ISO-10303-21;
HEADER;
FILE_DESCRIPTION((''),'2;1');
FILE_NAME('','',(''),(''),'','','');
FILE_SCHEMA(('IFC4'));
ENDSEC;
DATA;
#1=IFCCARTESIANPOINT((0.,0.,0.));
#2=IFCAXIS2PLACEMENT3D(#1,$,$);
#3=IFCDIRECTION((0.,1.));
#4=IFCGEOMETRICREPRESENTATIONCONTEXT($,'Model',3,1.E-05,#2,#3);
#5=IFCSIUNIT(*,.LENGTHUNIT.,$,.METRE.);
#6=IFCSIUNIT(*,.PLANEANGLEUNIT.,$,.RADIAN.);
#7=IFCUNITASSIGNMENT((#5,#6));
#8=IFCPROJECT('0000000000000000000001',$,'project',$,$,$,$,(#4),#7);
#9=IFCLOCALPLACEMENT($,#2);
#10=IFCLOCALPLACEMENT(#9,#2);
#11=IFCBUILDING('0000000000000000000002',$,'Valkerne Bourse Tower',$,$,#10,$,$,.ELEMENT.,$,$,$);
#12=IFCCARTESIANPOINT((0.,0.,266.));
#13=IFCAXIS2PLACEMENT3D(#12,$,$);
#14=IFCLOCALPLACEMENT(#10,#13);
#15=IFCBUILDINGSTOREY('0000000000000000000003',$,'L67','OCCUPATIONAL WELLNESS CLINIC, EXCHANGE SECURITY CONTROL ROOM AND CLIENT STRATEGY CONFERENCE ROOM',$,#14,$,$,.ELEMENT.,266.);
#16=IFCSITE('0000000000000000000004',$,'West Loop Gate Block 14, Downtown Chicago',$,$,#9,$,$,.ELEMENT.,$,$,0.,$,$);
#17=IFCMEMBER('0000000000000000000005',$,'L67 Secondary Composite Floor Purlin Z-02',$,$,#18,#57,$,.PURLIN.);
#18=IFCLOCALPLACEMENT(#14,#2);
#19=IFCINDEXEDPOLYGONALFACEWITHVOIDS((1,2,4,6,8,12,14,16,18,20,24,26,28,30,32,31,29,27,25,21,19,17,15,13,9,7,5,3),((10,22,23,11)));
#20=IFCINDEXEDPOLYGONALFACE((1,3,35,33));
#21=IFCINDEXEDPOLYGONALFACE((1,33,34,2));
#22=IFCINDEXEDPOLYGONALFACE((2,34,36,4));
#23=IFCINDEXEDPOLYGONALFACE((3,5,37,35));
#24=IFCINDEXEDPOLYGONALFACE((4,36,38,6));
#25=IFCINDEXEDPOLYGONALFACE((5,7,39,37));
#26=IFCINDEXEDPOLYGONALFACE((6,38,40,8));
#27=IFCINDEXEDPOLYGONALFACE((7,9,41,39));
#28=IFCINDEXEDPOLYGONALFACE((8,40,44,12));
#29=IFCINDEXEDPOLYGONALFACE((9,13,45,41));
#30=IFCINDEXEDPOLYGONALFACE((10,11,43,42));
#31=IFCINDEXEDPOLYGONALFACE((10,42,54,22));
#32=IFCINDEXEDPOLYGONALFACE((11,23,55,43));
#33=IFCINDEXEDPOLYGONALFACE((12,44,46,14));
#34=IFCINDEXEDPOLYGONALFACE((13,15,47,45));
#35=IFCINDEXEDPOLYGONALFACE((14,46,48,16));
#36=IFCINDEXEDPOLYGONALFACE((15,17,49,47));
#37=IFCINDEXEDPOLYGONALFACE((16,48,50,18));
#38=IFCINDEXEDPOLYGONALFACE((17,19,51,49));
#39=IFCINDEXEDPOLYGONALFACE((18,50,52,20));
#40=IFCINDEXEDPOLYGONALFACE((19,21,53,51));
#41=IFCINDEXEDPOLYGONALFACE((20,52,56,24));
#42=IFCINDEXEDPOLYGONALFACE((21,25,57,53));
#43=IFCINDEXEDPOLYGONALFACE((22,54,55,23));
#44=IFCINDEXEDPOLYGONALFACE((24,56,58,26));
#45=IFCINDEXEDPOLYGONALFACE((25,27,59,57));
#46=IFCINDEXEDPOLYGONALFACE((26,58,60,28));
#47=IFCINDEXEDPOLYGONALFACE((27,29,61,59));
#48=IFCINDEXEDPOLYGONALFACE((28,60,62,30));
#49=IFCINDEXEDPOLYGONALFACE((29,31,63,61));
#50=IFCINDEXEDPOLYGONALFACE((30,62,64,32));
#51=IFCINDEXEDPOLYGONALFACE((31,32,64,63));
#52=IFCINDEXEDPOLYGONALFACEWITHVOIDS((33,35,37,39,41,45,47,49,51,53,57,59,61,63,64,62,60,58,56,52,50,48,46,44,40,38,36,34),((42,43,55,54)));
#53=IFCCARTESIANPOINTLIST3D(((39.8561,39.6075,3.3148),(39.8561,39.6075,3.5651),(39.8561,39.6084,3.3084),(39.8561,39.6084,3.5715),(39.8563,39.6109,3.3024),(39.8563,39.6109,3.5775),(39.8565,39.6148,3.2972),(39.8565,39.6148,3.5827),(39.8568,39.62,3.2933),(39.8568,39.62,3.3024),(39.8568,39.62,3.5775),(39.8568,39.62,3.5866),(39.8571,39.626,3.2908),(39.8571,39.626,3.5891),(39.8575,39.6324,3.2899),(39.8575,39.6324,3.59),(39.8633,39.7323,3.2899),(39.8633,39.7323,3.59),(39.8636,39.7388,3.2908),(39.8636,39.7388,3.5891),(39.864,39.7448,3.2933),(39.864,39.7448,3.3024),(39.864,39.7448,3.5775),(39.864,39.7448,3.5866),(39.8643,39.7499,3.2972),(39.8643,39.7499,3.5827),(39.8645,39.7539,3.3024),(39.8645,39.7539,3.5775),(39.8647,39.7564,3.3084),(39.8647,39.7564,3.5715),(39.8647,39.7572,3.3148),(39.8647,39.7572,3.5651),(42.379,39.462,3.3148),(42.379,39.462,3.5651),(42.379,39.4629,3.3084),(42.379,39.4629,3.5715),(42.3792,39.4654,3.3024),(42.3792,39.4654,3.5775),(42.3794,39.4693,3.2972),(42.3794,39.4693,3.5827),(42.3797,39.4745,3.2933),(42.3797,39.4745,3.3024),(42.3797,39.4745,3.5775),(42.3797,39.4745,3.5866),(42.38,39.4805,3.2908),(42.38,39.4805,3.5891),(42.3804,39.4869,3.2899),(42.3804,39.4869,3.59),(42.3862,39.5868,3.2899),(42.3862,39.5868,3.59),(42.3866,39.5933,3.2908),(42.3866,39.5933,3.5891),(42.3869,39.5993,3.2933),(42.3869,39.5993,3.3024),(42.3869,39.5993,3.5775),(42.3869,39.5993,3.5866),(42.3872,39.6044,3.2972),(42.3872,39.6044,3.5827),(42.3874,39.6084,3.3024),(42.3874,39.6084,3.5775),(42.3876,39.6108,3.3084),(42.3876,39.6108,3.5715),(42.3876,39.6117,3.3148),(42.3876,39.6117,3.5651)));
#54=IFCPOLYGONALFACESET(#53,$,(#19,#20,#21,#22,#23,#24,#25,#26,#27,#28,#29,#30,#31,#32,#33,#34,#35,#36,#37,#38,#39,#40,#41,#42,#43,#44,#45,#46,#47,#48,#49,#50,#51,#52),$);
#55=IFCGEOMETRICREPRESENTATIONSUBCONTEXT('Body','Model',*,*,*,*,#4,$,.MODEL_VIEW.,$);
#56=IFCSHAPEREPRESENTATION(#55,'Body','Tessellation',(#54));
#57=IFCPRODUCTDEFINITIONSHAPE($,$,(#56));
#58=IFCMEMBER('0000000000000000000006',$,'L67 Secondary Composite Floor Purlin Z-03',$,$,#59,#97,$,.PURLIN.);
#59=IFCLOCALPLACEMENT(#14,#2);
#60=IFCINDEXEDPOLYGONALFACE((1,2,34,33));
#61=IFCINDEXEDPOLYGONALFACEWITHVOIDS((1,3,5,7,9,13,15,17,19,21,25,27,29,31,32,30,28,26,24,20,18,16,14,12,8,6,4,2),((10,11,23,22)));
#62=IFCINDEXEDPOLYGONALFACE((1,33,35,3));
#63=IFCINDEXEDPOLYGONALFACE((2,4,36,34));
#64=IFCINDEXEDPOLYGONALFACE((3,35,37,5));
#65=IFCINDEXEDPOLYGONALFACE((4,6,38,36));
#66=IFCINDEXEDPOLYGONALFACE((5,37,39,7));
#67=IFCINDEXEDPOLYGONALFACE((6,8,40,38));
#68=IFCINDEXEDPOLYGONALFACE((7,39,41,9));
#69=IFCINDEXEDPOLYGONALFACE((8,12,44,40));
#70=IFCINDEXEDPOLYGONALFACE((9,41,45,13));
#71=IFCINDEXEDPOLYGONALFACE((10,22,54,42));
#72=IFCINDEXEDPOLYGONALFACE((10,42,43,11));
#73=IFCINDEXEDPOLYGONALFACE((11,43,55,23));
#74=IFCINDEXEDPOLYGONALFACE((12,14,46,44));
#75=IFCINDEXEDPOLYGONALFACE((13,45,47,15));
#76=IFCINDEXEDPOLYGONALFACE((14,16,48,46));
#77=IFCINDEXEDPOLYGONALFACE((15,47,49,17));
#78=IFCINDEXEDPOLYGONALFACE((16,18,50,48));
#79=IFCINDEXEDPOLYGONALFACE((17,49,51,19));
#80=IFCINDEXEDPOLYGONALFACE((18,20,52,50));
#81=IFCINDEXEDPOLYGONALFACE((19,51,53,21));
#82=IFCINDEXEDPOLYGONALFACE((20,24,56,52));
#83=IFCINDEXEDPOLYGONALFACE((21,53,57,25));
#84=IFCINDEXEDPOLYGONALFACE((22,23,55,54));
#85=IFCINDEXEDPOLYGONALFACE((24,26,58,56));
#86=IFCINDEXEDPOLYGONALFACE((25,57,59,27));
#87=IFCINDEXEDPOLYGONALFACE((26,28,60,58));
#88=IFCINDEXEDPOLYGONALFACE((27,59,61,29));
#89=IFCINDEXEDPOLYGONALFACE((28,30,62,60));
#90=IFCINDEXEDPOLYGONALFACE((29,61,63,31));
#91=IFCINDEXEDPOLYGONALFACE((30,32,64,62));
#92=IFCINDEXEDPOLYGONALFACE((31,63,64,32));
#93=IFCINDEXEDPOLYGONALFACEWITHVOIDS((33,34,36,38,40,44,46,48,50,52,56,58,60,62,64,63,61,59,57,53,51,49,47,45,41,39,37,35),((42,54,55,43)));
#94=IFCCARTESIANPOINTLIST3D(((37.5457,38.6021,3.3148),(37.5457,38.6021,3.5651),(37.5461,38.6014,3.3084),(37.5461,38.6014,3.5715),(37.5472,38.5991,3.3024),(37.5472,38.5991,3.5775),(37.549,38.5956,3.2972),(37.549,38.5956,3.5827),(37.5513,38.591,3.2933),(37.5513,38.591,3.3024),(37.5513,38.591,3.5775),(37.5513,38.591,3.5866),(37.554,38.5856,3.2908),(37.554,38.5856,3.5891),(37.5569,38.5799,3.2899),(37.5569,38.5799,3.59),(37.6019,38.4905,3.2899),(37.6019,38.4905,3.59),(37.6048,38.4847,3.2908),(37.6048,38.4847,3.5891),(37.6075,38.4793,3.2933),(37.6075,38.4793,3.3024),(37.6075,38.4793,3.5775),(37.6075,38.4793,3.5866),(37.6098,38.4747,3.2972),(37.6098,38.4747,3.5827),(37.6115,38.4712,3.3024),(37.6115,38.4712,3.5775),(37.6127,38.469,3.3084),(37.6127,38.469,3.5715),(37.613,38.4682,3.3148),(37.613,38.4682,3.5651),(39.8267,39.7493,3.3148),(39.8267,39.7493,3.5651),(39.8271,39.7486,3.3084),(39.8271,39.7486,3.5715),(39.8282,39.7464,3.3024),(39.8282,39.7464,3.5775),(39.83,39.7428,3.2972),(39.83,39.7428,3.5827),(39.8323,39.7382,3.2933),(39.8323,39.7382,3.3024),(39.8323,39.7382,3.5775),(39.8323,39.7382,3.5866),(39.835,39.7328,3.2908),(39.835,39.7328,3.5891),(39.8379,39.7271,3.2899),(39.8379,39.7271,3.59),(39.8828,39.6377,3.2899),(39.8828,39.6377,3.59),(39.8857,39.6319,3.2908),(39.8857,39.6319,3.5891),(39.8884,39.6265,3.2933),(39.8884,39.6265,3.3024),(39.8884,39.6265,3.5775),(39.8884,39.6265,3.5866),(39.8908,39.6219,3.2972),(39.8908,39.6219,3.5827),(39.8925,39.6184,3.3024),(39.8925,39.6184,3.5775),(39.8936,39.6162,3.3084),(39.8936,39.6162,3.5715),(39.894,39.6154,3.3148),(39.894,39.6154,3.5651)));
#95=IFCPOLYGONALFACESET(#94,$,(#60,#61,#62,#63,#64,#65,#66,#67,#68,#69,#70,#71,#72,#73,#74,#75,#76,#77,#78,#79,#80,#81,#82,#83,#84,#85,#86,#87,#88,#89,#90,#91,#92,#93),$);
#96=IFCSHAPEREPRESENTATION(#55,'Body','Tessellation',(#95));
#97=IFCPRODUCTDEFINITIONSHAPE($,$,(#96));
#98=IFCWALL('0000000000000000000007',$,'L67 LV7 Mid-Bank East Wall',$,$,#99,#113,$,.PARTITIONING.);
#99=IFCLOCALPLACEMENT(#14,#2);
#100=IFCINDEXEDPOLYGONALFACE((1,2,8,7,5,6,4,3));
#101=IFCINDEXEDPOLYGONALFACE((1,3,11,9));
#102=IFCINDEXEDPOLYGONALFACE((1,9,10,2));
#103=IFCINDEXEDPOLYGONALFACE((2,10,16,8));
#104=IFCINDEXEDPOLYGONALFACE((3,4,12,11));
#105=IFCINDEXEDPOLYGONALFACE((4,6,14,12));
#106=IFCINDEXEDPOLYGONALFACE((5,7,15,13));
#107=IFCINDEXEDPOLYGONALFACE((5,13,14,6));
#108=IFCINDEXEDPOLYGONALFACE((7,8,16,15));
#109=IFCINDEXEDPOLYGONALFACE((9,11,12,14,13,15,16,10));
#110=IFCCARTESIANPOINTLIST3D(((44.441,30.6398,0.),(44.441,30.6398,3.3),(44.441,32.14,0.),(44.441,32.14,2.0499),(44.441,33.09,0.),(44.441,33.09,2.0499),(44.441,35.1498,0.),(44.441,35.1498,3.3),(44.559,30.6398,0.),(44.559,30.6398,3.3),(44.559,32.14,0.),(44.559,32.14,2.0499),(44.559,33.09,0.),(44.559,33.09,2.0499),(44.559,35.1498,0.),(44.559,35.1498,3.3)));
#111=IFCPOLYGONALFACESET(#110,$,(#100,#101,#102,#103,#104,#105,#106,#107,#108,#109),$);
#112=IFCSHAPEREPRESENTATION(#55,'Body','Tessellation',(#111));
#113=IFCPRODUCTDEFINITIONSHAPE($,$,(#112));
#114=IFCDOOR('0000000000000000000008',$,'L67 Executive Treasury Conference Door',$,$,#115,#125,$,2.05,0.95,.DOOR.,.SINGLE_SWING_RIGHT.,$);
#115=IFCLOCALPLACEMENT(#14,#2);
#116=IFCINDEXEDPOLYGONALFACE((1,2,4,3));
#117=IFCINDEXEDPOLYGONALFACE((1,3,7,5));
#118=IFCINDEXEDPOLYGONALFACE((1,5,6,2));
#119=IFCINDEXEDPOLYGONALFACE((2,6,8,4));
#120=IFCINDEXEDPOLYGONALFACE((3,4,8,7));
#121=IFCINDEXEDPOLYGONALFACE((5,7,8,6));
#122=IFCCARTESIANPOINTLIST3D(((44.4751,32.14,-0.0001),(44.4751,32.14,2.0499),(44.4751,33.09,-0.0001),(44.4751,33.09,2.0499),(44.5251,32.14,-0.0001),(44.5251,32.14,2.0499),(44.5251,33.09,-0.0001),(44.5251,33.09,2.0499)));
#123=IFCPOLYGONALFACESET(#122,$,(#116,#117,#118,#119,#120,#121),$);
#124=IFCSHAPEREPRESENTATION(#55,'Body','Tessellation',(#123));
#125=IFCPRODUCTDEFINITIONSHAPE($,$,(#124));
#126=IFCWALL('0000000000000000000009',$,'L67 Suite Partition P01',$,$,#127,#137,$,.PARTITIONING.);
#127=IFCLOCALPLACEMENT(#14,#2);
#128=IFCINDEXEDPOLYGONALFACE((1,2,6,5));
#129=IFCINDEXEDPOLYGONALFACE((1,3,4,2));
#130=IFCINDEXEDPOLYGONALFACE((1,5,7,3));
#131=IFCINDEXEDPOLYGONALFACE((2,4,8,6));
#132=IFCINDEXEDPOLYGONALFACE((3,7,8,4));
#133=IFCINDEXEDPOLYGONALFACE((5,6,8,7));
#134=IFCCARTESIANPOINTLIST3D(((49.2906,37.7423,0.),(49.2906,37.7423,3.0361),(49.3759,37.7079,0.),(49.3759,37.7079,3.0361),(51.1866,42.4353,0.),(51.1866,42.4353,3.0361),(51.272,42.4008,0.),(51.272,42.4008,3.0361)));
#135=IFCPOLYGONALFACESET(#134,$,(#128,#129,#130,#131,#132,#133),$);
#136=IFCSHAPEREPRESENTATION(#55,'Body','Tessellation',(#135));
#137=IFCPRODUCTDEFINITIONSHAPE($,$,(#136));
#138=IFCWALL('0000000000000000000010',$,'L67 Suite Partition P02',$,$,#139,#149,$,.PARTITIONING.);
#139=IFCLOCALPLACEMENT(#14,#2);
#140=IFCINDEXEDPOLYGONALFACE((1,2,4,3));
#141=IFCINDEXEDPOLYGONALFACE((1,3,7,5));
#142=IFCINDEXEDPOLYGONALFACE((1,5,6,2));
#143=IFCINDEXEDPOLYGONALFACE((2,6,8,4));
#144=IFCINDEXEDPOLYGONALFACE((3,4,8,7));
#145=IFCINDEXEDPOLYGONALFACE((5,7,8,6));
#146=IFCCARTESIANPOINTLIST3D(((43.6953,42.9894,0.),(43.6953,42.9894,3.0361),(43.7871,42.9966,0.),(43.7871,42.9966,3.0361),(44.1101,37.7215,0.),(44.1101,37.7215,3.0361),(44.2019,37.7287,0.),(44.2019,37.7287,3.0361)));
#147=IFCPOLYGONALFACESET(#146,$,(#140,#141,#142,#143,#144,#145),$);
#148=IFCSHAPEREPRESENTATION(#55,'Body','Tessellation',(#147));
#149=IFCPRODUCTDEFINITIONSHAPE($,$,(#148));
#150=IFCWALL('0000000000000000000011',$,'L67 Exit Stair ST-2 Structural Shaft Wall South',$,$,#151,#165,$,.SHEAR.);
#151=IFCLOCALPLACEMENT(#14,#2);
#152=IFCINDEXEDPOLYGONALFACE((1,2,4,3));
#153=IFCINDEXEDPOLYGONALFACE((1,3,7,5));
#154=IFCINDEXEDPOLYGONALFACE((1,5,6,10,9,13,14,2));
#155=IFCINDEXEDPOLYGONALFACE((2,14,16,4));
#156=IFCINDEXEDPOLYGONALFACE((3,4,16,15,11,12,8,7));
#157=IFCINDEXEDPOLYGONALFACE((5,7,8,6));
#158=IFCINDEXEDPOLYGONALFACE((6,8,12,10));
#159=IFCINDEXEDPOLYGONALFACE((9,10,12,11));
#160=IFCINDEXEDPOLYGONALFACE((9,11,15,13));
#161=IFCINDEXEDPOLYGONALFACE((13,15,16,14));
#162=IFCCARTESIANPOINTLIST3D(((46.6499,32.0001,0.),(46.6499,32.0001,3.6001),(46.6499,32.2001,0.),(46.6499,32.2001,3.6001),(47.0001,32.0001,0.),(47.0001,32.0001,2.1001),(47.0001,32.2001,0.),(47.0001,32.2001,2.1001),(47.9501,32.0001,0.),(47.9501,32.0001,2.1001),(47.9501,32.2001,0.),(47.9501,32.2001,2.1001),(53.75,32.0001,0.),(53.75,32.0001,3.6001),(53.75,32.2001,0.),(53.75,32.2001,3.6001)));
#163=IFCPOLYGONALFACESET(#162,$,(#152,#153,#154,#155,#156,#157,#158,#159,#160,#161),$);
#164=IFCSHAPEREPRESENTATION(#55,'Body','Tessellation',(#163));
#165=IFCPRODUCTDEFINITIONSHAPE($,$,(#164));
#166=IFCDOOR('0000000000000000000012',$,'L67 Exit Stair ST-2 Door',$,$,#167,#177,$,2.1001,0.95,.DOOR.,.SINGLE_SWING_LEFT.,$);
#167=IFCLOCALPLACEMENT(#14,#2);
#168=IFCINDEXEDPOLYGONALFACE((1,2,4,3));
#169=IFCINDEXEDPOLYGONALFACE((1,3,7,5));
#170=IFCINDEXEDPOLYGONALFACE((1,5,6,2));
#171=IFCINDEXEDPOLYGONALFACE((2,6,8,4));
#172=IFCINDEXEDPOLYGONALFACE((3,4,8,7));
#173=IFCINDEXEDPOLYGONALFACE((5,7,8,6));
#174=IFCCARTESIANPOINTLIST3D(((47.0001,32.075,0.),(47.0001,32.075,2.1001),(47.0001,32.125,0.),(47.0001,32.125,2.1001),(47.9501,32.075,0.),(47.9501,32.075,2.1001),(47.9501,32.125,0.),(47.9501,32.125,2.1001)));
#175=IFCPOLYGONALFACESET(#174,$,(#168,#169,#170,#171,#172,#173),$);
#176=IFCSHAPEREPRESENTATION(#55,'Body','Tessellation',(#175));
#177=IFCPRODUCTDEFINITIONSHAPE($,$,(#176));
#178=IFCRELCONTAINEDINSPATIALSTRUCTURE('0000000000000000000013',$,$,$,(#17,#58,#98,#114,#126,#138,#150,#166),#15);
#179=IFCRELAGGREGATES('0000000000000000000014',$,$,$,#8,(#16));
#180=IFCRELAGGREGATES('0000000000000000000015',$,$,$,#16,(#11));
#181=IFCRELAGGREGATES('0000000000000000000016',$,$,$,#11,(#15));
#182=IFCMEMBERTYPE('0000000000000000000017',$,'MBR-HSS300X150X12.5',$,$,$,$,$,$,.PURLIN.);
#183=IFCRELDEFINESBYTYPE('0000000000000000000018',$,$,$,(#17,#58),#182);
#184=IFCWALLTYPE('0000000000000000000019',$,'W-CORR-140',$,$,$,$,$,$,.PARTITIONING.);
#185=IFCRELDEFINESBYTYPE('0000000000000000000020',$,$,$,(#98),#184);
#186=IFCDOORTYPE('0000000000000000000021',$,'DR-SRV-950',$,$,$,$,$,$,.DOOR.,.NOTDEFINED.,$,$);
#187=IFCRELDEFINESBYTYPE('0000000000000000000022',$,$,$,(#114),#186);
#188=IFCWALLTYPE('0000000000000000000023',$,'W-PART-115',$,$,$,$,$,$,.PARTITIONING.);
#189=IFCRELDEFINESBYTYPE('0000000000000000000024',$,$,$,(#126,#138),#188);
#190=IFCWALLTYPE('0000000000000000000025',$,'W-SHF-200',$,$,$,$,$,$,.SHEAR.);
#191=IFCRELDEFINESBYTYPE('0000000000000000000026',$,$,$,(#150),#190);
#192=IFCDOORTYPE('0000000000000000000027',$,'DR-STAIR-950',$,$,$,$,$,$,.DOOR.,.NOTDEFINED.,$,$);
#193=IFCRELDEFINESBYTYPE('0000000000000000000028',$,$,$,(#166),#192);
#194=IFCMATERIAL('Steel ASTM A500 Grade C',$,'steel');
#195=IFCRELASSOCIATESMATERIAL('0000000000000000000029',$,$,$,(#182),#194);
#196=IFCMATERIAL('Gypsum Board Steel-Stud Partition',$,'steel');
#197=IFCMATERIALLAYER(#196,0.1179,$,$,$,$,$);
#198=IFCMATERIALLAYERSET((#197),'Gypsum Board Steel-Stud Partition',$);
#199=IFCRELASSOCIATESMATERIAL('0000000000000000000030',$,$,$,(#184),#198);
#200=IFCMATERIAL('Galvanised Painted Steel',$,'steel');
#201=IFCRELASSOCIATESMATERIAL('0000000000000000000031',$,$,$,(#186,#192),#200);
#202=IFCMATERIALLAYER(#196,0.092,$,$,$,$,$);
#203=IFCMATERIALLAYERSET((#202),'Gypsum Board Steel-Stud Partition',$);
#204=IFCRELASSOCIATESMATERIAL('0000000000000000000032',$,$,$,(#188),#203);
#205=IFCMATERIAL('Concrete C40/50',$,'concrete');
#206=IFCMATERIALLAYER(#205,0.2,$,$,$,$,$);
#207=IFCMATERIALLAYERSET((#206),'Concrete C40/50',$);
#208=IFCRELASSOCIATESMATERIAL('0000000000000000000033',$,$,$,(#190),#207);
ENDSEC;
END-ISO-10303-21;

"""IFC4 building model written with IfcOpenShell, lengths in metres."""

from ifc_helpers import new_model, si_unit, direction, frame, frame_2d, origin, origin_2d, place, context, subcontext, project, spatial, rectangle, hollow_rectangle, extrude, material, layer, layer_set, material_profile, profile_set, type_object, element, fill, save


model = new_model("IFC4")

# Units and contexts
model_context = context("Model", 3, precision=1e-05, world=origin(), true_north=direction((0.0, 1.0)))
body_context = subcontext(model_context, "Body", "Model", "MODEL_VIEW")
ifc_project = project(units=[si_unit("LENGTHUNIT", "METRE"), si_unit("PLANEANGLEUNIT", "RADIAN")], contexts=[model_context])

# Site, building, storey
site_placement = place(None, origin())
site = spatial("IfcSite", under=ifc_project, at=site_placement, Name="West Loop Gate Block 14, Downtown Chicago", CompositionType="ELEMENT", RefElevation=0.0)
building_placement = place(site_placement, origin())
building = spatial("IfcBuilding", under=site, at=building_placement, Name="Valkerne Bourse Tower", CompositionType="ELEMENT")
storey_placement = place(building_placement, frame((0.0, 0.0, 266.0)))
storey = spatial("IfcBuildingStorey", under=building, at=storey_placement, Name="L67", Description="OCCUPATIONAL WELLNESS CLINIC, EXCHANGE SECURITY CONTROL ROOM AND CLIENT STRATEGY CONFERENCE ROOM", CompositionType="ELEMENT", Elevation=266.0)

# Shared definitions
ifc_material_1 = material(Name="Steel ASTM A500 Grade C", Category="steel")

# Members
ifc_material_profile_1 = material_profile(ifc_material_1, hollow_rectangle(XDim=0.1499, YDim=0.3, WallThickness=0.0125, OuterFilletRadius=0.0249, at=origin_2d()), Name="HSS300X150X12.5")
ifc_profile_set_1 = profile_set([ifc_material_profile_1], Name="Steel ASTM A500 Grade C")
member_type = type_object("IfcMemberType", Name="MBR-HSS300X150X12.5", PredefinedType="PURLIN", material=ifc_profile_set_1)
member_1_placement = place(storey_placement, frame((42.3833, 39.5369, 3.4399), z_axis=(-0.998341, 0.057578, 0.0), x_axis=(-0.057578, -0.998341, 0.0)))
element("IfcMember", 1, at=member_1_placement, inside=storey, type_object=member_type, Name="L67 Secondary Composite Floor Purlin Z-02", PredefinedType="PURLIN", context=body_context, shape_type="SweptSolid", body=[
    extrude(hollow_rectangle(XDim=0.1499, YDim=0.3, WallThickness=0.0125, OuterFilletRadius=0.0249, at=origin_2d()), origin(), (0.0, 0.0, 1.0), 2.5271),
])
member_2_placement = place(storey_placement, frame((39.8604, 39.6824, 3.4399), z_axis=(-0.893373, -0.449316, 0.0), x_axis=(0.449316, -0.893373, 0.0)))
element("IfcMember", 2, at=member_2_placement, inside=storey, type_object=member_type, Name="L67 Secondary Composite Floor Purlin Z-03", PredefinedType="PURLIN", context=body_context, shape_type="SweptSolid", body=[
    extrude(hollow_rectangle(XDim=0.1499, YDim=0.3, WallThickness=0.0125, OuterFilletRadius=0.0249, at=origin_2d()), origin(), (0.0, 0.0, 1.0), 2.5532),
])

# Wall, opening, door
ifc_material_2 = material(Name="Gypsum Board Steel-Stud Partition", Category="steel")
ifc_layer_1 = layer(ifc_material_2, 0.1179)
ifc_layer_set_1 = layer_set([ifc_layer_1], Name="Gypsum Board Steel-Stud Partition")
wall_type_1 = type_object("IfcWallType", Name="W-CORR-140", PredefinedType="PARTITIONING", material=ifc_layer_set_1)
wall_1_placement = place(storey_placement, frame((44.5, 30.6399, 0.0), z_axis=(0.0, 0.0, 1.0), x_axis=(0.0, 1.0, 0.0)))
wall_1 = element("IfcWall", 3, at=wall_1_placement, inside=storey, type_object=wall_type_1, Name="L67 LV7 Mid-Bank East Wall", PredefinedType="PARTITIONING", context=body_context, shape_type="SweptSolid", body=[
    extrude(rectangle(XDim=4.51, YDim=0.1179, at=frame_2d((2.2549, 0.0))), origin(), (0.0, 0.0, 1.0), 3.3),
])
opening_1_placement = place(wall_1_placement, frame((1.5, 0.0, 0.0)))
opening_1 = element("IfcOpeningElement", 4, at=opening_1_placement, cuts=wall_1, PredefinedType="OPENING", context=body_context, shape_type="SweptSolid", body=[
    extrude(rectangle(XDim=0.95, YDim=2.05, at=frame_2d((0.4751, 1.0249))), frame((0.0, 0.0688, 0.0), z_axis=(0.0, -1.0, 0.0), x_axis=(1.0, 0.0, 0.0)), (0.0, 0.0, 1.0), 0.1379),
])
ifc_material_3 = material(Name="Galvanised Painted Steel", Category="steel")
door_type_1 = type_object("IfcDoorType", Name="DR-SRV-950", OperationType="NOTDEFINED", PredefinedType="DOOR", material=ifc_material_3)
door_1_placement = place(opening_1_placement, origin())
door_1 = element("IfcDoor", 5, at=door_1_placement, inside=storey, type_object=door_type_1, Name="L67 Executive Treasury Conference Door", OperationType="SINGLE_SWING_RIGHT", OverallHeight=2.05, OverallWidth=0.95, PredefinedType="DOOR", context=body_context, shape_type="SweptSolid", body=[
    extrude(rectangle(XDim=0.95, YDim=2.05, at=frame_2d((0.4751, 1.0249))), frame((0.0, 0.0249, 0.0), z_axis=(0.0, -1.0, 0.0), x_axis=(1.0, 0.0, 0.0)), (0.0, 0.0, 1.0), 0.05),
])
fill(opening_1, door_1)

# Walls
ifc_layer_2 = layer(ifc_material_2, 0.092)
ifc_layer_set_2 = layer_set([ifc_layer_2], Name="Gypsum Board Steel-Stud Partition")
wall_type_2 = type_object("IfcWallType", Name="W-PART-115", PredefinedType="PARTITIONING", material=ifc_layer_set_2)
wall_2_placement = place(storey_placement, frame((49.3333, 37.7251, 0.0), z_axis=(0.0, 0.0, 1.0), x_axis=(0.374599, 0.927187, 0.0)))
element("IfcWall", 6, at=wall_2_placement, inside=storey, type_object=wall_type_2, Name="L67 Suite Partition P01", PredefinedType="PARTITIONING", context=body_context, shape_type="SweptSolid", body=[
    extrude(rectangle(XDim=5.0615, YDim=0.092, at=frame_2d((2.5308, 0.0))), origin(), (0.0, 0.0, 1.0), 3.0361),
])
wall_3_placement = place(storey_placement, frame((44.156, 37.7251, 0.0), z_axis=(0.0, 0.0, 1.0), x_axis=(-0.078498, 0.996914, 0.0)))
element("IfcWall", 7, at=wall_3_placement, inside=storey, type_object=wall_type_2, Name="L67 Suite Partition P02", PredefinedType="PARTITIONING", context=body_context, shape_type="SweptSolid", body=[
    extrude(rectangle(XDim=5.2842, YDim=0.092, at=frame_2d((2.6421, 0.0))), origin(), (0.0, 0.0, 1.0), 3.0361),
])

# Wall, opening, door
ifc_material_4 = material(Name="Concrete C40/50", Category="concrete")
ifc_layer_3 = layer(ifc_material_4, 0.2)
ifc_layer_set_3 = layer_set([ifc_layer_3], Name="Concrete C40/50")
wall_type_3 = type_object("IfcWallType", Name="W-SHF-200", PredefinedType="SHEAR", material=ifc_layer_set_3)
wall_4_placement = place(storey_placement, frame((46.6499, 32.1001, 0.0), z_axis=(0.0, 0.0, 1.0), x_axis=(1.0, 0.0, 0.0)))
wall_4 = element("IfcWall", 8, at=wall_4_placement, inside=storey, type_object=wall_type_3, Name="L67 Exit Stair ST-2 Structural Shaft Wall South", PredefinedType="SHEAR", context=body_context, shape_type="SweptSolid", body=[
    extrude(rectangle(XDim=7.1001, YDim=0.2, at=frame_2d((3.55, 0.0))), origin(), (0.0, 0.0, 1.0), 3.6001),
])
opening_2_placement = place(wall_4_placement, frame((0.3501, 0.0, 0.0)))
opening_2 = element("IfcOpeningElement", 9, at=opening_2_placement, cuts=wall_4, PredefinedType="OPENING", context=body_context, shape_type="SweptSolid", body=[
    extrude(rectangle(XDim=0.95, YDim=2.1001, at=frame_2d((0.4751, 1.05))), frame((0.0, 0.1099, 0.0), z_axis=(0.0, -1.0, 0.0), x_axis=(1.0, 0.0, 0.0)), (0.0, 0.0, 1.0), 0.22),
])
door_type_2 = type_object("IfcDoorType", Name="DR-STAIR-950", OperationType="NOTDEFINED", PredefinedType="DOOR", material=ifc_material_3)
door_2_placement = place(opening_2_placement, origin())
door_2 = element("IfcDoor", 10, at=door_2_placement, inside=storey, type_object=door_type_2, Name="L67 Exit Stair ST-2 Door", OperationType="SINGLE_SWING_LEFT", OverallHeight=2.1001, OverallWidth=0.95, PredefinedType="DOOR", context=body_context, shape_type="SweptSolid", body=[
    extrude(rectangle(XDim=0.95, YDim=2.1001, at=frame_2d((0.4751, 1.05))), frame((0.0, 0.0249, 0.0), z_axis=(0.0, -1.0, 0.0), x_axis=(1.0, 0.0, 0.0)), (0.0, 0.0, 1.0), 0.05),
])
fill(opening_2, door_2)

save(model, "model.ifc")
